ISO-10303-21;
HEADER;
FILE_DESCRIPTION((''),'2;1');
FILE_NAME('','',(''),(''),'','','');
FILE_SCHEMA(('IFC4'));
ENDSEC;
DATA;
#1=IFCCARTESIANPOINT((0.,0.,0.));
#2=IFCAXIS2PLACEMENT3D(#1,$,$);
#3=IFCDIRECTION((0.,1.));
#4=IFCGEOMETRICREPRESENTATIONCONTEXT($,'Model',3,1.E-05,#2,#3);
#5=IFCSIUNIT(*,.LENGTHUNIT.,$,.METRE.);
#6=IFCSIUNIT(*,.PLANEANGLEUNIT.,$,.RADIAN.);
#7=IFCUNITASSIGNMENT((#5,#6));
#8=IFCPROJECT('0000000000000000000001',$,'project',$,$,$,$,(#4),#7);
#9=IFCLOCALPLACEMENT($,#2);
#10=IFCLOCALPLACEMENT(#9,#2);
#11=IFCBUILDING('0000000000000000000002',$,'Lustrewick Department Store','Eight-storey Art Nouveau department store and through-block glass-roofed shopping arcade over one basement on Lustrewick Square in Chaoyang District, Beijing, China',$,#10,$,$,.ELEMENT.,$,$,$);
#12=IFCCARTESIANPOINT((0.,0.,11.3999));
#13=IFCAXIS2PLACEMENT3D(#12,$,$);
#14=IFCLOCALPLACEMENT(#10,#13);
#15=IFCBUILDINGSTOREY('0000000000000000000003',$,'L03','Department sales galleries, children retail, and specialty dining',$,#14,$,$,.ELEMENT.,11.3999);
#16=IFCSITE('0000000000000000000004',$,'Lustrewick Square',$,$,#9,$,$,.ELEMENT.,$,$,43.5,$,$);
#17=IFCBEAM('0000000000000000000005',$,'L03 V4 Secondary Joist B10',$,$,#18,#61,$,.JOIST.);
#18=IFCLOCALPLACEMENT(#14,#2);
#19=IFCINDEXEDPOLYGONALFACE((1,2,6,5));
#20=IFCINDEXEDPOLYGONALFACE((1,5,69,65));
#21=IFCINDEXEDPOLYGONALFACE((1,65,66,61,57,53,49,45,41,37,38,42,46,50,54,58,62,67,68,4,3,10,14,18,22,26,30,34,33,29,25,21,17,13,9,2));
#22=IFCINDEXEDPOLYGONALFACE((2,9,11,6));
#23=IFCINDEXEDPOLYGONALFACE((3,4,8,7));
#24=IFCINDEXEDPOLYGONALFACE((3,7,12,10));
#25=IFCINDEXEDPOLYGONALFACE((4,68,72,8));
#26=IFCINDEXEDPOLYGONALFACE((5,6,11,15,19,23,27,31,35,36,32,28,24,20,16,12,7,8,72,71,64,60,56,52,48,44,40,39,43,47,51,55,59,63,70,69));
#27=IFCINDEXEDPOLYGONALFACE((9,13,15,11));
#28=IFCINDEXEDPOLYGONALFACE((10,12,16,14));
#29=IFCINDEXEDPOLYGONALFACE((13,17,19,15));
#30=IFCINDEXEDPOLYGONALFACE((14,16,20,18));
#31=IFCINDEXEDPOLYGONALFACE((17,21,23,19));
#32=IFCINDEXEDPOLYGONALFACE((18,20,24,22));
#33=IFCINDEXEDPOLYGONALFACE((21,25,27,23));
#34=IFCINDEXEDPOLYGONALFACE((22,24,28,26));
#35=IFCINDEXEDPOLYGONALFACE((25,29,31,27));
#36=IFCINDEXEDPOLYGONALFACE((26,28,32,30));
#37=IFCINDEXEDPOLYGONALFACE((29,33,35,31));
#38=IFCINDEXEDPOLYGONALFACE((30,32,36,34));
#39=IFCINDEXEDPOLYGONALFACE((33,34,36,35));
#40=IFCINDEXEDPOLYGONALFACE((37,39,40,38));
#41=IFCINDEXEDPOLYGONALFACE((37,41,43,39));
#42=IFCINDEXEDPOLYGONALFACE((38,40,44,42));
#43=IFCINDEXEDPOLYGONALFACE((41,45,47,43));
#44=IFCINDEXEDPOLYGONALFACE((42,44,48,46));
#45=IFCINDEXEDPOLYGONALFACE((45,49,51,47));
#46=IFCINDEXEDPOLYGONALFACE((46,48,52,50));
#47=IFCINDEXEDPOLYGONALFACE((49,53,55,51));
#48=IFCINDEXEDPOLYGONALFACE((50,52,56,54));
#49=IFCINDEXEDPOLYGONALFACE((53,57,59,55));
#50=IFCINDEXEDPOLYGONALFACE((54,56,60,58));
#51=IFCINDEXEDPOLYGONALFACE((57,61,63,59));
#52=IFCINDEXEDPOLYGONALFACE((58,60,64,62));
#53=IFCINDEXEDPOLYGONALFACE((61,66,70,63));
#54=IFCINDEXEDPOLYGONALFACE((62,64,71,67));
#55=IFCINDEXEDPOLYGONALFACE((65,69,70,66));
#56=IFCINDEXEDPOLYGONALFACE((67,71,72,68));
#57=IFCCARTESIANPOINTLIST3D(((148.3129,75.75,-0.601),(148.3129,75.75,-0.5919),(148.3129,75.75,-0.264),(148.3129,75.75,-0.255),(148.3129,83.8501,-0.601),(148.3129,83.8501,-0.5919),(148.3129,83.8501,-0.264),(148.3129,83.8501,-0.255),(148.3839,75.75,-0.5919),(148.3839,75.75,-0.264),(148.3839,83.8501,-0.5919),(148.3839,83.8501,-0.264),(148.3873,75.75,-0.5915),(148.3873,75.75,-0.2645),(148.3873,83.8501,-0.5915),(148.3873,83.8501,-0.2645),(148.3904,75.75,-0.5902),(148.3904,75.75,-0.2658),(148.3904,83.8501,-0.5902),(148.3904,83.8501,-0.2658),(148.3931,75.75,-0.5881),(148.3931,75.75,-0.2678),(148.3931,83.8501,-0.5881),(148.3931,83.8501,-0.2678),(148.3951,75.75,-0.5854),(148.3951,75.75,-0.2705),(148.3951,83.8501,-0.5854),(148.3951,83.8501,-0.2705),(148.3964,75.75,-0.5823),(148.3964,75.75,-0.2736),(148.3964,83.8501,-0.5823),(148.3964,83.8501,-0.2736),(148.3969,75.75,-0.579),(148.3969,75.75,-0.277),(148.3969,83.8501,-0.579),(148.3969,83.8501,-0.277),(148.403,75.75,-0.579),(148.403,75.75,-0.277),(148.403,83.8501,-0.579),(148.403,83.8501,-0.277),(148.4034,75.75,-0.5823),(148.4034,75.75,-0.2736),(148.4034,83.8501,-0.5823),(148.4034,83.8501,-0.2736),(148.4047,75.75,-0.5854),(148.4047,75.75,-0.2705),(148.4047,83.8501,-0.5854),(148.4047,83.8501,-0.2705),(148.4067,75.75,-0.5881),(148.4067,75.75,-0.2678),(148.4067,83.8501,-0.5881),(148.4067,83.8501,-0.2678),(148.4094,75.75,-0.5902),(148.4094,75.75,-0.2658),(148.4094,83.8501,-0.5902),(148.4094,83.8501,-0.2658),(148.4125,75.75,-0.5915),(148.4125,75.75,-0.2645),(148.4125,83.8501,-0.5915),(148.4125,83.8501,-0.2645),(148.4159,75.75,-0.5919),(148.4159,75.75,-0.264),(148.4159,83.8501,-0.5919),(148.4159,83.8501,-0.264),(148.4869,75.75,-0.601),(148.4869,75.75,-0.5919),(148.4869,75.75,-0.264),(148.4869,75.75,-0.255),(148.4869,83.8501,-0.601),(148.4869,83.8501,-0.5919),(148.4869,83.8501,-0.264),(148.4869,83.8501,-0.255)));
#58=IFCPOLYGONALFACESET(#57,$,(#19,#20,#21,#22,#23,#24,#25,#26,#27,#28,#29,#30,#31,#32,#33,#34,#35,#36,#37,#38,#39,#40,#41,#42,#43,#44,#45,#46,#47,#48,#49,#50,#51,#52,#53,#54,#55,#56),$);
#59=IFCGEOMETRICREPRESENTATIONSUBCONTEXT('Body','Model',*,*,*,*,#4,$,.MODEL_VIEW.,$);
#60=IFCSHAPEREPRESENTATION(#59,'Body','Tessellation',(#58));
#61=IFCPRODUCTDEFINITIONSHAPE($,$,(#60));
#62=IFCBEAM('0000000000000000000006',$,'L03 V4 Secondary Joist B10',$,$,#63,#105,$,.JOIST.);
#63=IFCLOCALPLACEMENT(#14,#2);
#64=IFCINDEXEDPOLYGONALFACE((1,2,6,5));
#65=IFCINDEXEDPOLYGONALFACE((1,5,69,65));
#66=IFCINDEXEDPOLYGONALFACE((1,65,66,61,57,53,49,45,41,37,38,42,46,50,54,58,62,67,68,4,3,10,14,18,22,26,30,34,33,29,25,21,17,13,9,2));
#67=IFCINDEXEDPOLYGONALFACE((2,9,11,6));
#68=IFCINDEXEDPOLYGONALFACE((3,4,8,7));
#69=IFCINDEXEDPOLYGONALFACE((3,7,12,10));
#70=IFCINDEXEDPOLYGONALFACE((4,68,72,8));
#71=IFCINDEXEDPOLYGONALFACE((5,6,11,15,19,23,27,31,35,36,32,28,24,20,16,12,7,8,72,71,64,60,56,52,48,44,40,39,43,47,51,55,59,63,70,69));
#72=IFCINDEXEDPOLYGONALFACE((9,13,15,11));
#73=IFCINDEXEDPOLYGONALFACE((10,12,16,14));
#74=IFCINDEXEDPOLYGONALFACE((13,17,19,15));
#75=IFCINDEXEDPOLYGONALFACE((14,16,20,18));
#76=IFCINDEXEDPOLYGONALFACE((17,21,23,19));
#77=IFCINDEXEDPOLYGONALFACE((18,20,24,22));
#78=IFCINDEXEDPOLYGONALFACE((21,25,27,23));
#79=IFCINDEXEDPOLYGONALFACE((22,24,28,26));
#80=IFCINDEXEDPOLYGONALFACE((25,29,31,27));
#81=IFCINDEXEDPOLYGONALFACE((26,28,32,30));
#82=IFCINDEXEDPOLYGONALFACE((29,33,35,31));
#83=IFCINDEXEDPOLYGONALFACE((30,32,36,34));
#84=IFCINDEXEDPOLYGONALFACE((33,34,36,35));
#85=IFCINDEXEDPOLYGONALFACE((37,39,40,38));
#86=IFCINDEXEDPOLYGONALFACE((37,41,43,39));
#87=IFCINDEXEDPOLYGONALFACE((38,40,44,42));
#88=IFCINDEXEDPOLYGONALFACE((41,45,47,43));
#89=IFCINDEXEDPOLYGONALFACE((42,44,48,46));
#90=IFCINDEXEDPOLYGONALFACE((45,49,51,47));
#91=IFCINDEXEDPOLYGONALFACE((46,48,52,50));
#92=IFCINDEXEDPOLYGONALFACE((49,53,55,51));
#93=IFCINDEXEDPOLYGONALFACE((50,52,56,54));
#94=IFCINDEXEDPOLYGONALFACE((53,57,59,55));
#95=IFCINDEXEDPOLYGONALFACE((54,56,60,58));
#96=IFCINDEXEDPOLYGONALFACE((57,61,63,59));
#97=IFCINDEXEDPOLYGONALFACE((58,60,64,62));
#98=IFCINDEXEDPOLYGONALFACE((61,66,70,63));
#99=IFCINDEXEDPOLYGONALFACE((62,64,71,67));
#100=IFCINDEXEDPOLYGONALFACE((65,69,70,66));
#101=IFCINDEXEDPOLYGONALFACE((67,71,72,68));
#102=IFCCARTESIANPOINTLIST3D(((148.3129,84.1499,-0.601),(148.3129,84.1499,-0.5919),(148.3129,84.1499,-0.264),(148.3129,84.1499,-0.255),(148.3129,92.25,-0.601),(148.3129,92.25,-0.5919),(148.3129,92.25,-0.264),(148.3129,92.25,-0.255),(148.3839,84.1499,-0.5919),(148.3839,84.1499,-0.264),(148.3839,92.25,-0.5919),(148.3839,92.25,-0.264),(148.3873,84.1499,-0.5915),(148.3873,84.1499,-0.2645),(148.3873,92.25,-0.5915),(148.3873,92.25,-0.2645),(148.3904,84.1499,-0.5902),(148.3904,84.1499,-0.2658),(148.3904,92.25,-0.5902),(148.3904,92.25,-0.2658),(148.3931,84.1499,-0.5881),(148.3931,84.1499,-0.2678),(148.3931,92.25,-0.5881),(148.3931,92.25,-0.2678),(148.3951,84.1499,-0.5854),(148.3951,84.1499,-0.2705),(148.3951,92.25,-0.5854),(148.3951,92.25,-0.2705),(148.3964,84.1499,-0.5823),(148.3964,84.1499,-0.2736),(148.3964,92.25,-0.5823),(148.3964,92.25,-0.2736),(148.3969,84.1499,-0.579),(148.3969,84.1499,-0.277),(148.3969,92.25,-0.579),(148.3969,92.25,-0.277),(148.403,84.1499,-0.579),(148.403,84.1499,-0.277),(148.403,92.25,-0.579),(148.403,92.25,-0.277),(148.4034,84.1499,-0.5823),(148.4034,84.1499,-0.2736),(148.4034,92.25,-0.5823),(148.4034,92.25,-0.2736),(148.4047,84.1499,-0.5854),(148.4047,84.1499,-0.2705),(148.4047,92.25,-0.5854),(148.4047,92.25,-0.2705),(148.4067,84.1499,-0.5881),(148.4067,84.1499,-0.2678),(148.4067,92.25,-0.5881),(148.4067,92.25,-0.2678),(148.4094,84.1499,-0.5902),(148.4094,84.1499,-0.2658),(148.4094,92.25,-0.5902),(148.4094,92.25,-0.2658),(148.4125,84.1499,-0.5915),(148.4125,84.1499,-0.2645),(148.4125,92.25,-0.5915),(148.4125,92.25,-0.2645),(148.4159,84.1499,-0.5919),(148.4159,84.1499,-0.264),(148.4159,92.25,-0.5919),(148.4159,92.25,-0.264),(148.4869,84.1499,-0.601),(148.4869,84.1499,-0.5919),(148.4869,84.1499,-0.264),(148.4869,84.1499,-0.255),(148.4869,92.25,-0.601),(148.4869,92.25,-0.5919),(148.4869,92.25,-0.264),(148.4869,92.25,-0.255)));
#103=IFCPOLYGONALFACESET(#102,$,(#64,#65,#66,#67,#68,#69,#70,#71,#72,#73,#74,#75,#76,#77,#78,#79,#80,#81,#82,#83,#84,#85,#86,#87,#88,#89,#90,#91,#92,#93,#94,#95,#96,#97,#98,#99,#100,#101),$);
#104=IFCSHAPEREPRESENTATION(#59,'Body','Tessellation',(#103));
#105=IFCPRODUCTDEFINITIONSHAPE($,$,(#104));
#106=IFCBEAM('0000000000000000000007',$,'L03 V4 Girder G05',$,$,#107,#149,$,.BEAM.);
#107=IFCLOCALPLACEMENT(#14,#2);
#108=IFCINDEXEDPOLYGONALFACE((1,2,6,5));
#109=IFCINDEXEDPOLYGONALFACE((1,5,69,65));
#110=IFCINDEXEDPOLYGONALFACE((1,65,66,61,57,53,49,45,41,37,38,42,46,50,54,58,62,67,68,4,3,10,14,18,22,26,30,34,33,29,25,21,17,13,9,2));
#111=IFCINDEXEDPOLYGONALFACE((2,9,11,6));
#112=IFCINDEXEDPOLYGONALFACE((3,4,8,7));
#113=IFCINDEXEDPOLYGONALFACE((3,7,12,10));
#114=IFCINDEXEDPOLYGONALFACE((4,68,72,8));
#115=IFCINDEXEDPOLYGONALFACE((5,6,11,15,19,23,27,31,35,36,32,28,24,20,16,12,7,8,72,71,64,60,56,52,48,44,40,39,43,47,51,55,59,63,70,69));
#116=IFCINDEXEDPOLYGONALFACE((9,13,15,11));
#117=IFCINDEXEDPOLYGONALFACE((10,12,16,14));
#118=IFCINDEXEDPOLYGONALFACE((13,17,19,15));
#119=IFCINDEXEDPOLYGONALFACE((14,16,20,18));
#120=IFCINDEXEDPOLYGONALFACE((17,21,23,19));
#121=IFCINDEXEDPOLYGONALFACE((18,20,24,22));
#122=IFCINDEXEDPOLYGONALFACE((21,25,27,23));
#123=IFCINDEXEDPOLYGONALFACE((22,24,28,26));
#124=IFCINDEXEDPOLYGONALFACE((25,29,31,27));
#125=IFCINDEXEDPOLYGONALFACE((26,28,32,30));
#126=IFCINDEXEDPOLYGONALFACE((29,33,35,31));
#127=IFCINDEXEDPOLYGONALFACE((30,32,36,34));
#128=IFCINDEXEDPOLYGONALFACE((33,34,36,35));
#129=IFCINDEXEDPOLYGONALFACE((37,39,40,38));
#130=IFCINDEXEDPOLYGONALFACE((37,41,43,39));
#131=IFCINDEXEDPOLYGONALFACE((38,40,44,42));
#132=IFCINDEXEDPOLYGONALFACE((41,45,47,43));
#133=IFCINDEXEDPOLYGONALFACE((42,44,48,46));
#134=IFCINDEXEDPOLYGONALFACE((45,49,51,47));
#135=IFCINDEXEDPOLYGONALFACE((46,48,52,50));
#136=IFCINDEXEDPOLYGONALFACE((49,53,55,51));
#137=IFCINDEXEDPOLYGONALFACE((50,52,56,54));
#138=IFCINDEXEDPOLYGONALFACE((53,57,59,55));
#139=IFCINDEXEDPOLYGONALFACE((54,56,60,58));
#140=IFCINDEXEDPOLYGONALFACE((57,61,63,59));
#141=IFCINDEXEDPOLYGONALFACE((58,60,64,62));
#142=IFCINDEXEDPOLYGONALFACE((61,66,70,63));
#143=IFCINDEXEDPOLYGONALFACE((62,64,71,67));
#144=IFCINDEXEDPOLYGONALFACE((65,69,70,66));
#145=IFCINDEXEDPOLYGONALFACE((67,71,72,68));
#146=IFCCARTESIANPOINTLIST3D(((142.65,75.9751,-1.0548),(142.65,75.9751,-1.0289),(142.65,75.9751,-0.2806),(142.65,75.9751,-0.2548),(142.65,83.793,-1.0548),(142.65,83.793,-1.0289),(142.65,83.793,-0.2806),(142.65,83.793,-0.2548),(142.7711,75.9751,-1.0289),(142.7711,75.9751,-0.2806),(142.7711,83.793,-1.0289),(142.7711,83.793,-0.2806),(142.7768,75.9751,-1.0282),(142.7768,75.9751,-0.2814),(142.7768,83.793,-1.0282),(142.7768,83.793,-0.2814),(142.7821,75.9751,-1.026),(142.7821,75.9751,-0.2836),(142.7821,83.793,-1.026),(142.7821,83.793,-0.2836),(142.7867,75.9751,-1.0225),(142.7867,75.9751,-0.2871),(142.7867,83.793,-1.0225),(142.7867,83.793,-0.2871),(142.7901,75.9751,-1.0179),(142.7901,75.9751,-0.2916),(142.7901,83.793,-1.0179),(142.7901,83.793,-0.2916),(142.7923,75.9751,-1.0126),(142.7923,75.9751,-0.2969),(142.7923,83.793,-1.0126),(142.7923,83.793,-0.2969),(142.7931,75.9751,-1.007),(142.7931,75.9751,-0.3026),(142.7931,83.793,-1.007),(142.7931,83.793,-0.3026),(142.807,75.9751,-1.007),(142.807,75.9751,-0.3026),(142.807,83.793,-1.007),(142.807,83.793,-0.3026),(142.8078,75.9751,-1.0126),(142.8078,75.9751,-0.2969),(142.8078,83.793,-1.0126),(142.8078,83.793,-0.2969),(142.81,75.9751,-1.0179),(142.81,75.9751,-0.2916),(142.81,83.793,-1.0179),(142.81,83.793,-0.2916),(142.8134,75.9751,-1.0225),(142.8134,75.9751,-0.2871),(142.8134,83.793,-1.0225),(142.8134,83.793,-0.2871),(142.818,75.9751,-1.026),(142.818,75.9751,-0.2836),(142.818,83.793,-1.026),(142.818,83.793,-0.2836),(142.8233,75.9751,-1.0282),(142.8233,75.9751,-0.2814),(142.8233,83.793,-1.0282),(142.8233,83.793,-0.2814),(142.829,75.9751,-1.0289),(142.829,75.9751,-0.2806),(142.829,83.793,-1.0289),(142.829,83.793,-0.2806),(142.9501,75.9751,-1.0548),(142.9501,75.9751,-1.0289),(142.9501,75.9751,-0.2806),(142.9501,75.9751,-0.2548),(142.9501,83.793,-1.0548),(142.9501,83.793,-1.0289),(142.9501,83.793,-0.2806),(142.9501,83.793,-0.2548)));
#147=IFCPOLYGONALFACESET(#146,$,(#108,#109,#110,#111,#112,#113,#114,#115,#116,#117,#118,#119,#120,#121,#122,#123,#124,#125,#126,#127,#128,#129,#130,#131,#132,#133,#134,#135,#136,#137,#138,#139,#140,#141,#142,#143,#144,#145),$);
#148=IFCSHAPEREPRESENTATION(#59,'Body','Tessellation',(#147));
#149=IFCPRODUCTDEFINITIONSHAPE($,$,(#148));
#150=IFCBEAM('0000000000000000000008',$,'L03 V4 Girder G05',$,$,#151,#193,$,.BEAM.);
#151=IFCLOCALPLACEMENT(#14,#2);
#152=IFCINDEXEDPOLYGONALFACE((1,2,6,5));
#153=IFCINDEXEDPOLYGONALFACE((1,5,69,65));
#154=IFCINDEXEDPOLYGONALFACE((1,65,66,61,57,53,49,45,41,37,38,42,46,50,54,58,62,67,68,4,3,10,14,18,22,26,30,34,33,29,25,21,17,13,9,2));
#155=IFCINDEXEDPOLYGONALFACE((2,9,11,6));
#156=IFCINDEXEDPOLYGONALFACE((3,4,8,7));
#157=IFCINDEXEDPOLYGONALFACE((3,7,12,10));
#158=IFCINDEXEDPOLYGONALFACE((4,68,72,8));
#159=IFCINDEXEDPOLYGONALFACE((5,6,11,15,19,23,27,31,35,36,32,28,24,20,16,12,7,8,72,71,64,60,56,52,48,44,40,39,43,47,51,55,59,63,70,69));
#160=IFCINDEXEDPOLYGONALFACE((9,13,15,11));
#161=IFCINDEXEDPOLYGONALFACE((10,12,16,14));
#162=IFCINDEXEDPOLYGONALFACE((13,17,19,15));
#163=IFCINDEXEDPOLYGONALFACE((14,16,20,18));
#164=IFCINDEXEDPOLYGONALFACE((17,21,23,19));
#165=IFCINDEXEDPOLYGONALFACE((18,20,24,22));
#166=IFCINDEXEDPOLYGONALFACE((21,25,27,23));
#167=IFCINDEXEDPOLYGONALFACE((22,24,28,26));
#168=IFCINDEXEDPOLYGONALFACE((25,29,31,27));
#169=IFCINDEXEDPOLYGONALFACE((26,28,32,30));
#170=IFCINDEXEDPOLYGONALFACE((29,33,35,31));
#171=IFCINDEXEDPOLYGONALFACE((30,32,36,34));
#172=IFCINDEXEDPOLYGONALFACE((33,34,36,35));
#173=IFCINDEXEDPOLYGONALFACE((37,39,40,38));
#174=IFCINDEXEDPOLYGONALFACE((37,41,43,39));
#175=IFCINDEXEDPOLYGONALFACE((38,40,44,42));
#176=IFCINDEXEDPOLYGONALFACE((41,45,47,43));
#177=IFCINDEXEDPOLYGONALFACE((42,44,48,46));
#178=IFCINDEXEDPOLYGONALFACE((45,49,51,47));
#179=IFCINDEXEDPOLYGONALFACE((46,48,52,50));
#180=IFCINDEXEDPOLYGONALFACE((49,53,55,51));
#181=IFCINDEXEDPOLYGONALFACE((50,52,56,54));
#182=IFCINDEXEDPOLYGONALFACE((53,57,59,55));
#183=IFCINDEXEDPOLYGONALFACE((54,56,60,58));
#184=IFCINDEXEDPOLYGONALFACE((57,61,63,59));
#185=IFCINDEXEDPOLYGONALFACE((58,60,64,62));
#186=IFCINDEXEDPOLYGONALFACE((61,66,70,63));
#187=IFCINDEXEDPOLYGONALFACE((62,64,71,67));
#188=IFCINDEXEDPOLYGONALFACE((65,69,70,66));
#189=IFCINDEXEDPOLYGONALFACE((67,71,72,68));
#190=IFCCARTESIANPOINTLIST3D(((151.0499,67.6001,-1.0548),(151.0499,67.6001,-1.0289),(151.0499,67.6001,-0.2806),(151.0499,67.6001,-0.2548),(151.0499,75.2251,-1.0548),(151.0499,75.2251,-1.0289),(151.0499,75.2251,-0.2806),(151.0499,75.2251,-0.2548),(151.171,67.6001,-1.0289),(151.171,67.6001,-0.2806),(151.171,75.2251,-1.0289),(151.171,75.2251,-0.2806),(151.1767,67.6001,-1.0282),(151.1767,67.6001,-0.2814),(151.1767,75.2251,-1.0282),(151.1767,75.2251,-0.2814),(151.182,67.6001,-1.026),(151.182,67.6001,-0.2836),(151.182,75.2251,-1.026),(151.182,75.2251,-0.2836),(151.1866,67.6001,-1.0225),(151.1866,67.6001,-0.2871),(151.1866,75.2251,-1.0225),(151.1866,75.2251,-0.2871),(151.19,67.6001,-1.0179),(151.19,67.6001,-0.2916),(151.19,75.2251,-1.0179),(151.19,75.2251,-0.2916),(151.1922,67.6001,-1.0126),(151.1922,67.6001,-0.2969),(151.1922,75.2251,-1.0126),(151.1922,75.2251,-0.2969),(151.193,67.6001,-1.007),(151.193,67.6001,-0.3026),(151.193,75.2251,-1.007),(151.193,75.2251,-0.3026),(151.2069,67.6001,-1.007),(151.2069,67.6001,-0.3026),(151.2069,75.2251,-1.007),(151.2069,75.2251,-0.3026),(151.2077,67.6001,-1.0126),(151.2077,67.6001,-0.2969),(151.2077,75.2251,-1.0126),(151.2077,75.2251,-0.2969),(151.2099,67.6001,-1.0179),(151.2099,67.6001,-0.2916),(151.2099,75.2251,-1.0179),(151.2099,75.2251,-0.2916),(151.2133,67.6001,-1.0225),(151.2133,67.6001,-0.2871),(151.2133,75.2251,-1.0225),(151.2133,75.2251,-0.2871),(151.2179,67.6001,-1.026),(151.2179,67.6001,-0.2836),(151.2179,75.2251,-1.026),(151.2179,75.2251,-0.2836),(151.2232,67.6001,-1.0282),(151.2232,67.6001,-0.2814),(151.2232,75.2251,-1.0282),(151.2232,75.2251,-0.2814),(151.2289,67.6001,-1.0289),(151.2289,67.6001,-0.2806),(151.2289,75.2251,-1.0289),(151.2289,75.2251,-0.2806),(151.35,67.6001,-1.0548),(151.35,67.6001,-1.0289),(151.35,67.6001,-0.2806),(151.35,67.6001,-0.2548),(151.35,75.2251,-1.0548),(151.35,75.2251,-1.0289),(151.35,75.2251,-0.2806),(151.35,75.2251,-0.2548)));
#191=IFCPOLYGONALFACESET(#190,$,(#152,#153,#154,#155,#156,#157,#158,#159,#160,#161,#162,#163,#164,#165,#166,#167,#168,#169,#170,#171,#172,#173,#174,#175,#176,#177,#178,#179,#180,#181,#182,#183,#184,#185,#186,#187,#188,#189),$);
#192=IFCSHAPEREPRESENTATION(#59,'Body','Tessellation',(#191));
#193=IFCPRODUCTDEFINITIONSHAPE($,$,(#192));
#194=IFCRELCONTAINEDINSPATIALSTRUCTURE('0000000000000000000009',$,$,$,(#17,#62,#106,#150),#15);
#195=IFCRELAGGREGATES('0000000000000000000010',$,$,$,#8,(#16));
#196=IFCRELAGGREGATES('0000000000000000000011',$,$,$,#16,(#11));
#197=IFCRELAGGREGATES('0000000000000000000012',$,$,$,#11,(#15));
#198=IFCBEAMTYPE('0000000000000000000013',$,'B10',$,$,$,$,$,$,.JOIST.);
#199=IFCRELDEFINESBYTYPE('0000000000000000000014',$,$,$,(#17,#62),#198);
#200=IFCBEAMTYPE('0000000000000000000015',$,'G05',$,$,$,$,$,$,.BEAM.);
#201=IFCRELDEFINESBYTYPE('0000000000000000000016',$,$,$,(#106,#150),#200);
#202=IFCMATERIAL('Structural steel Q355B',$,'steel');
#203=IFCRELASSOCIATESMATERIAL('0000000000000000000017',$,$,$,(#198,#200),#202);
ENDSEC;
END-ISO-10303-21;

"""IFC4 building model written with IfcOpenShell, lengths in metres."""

from ifc_helpers import new_model, si_unit, direction, frame, origin, origin_2d, place, context, subcontext, project, spatial, i_section, extrude, material, material_profile, profile_set, type_object, element, save


model = new_model("IFC4")

# Units and contexts
model_context = context("Model", 3, precision=1e-05, world=origin(), true_north=direction((0.0, 1.0)))
body_context = subcontext(model_context, "Body", "Model", "MODEL_VIEW")
ifc_project = project(units=[si_unit("LENGTHUNIT", "METRE"), si_unit("PLANEANGLEUNIT", "RADIAN")], contexts=[model_context])

# Site, building, storey
site_placement = place(None, origin())
site = spatial("IfcSite", under=ifc_project, at=site_placement, Name="Lustrewick Square", CompositionType="ELEMENT", RefElevation=43.5)
building_placement = place(site_placement, origin())
building = spatial("IfcBuilding", under=site, at=building_placement, Name="Lustrewick Department Store", Description="Eight-storey Art Nouveau department store and through-block glass-roofed shopping arcade over one basement on Lustrewick Square in Chaoyang District, Beijing, China", CompositionType="ELEMENT")
storey_placement = place(building_placement, frame((0.0, 0.0, 11.3999)))
storey = spatial("IfcBuildingStorey", under=building, at=storey_placement, Name="L03", Description="Department sales galleries, children retail, and specialty dining", CompositionType="ELEMENT", Elevation=11.3999)

# Shared definitions
ifc_material_1 = material(Name="Structural steel Q355B", Category="steel")

# Beams
ifc_material_profile_1 = material_profile(ifc_material_1, i_section(OverallWidth=0.1741, OverallDepth=0.3459, WebThickness=0.0061, FlangeThickness=0.009, FilletRadius=0.0129, at=origin_2d()), Name="HN 346x174x6x9")
ifc_profile_set_1 = profile_set([ifc_material_profile_1], Name="Structural steel Q355B")
beam_type_1 = type_object("IfcBeamType", Name="B10", PredefinedType="JOIST", material=ifc_profile_set_1)
for number, where, z_axis, x_axis, name in (
    (1, (148.3999, 75.75, -0.428), (0.0, 1.0, 0.0), (-1.0, 0.0, 0.0), "L03 V4 Secondary Joist B10"),
    (2, (148.3999, 84.1499, -0.428), (0.0, 1.0, 0.0), (-1.0, 0.0, 0.0), "L03 V4 Secondary Joist B10"),
):
    element("IfcBeam", number, at=place(storey_placement, frame(where, z_axis=z_axis, x_axis=x_axis)), inside=storey, type_object=beam_type_1, Name=name, PredefinedType="JOIST", context=body_context, shape_type="SweptSolid", body=[
        extrude(i_section(OverallWidth=0.1741, OverallDepth=0.3459, WebThickness=0.0061, FlangeThickness=0.009, FilletRadius=0.0129, at=origin_2d()), origin(), (0.0, 0.0, 1.0), 8.1001),
    ])
ifc_material_profile_2 = material_profile(ifc_material_1, i_section(OverallWidth=0.3, OverallDepth=0.8, WebThickness=0.0139, FlangeThickness=0.0259, FilletRadius=0.022, at=origin_2d()), Name="HN 800x300x14x26")
ifc_profile_set_2 = profile_set([ifc_material_profile_2], Name="Structural steel Q355B")
beam_type_2 = type_object("IfcBeamType", Name="G05", PredefinedType="BEAM", material=ifc_profile_set_2)
beam_1_placement = place(storey_placement, frame((142.8, 75.9751, -0.6548), z_axis=(0.0, 1.0, 0.0), x_axis=(-1.0, 0.0, 0.0)))
element("IfcBeam", 3, at=beam_1_placement, inside=storey, type_object=beam_type_2, Name="L03 V4 Girder G05", PredefinedType="BEAM", context=body_context, shape_type="SweptSolid", body=[
    extrude(i_section(OverallWidth=0.3, OverallDepth=0.8, WebThickness=0.0139, FlangeThickness=0.0259, FilletRadius=0.022, at=origin_2d()), origin(), (0.0, 0.0, 1.0), 7.8179),
])
beam_2_placement = place(storey_placement, frame((151.2, 67.6001, -0.6548), z_axis=(0.0, 1.0, 0.0), x_axis=(-1.0, 0.0, 0.0)))
element("IfcBeam", 4, at=beam_2_placement, inside=storey, type_object=beam_type_2, Name="L03 V4 Girder G05", PredefinedType="BEAM", context=body_context, shape_type="SweptSolid", body=[
    extrude(i_section(OverallWidth=0.3, OverallDepth=0.8, WebThickness=0.0139, FlangeThickness=0.0259, FilletRadius=0.022, at=origin_2d()), origin(), (0.0, 0.0, 1.0), 7.625),
])

save(model, "model.ifc")
